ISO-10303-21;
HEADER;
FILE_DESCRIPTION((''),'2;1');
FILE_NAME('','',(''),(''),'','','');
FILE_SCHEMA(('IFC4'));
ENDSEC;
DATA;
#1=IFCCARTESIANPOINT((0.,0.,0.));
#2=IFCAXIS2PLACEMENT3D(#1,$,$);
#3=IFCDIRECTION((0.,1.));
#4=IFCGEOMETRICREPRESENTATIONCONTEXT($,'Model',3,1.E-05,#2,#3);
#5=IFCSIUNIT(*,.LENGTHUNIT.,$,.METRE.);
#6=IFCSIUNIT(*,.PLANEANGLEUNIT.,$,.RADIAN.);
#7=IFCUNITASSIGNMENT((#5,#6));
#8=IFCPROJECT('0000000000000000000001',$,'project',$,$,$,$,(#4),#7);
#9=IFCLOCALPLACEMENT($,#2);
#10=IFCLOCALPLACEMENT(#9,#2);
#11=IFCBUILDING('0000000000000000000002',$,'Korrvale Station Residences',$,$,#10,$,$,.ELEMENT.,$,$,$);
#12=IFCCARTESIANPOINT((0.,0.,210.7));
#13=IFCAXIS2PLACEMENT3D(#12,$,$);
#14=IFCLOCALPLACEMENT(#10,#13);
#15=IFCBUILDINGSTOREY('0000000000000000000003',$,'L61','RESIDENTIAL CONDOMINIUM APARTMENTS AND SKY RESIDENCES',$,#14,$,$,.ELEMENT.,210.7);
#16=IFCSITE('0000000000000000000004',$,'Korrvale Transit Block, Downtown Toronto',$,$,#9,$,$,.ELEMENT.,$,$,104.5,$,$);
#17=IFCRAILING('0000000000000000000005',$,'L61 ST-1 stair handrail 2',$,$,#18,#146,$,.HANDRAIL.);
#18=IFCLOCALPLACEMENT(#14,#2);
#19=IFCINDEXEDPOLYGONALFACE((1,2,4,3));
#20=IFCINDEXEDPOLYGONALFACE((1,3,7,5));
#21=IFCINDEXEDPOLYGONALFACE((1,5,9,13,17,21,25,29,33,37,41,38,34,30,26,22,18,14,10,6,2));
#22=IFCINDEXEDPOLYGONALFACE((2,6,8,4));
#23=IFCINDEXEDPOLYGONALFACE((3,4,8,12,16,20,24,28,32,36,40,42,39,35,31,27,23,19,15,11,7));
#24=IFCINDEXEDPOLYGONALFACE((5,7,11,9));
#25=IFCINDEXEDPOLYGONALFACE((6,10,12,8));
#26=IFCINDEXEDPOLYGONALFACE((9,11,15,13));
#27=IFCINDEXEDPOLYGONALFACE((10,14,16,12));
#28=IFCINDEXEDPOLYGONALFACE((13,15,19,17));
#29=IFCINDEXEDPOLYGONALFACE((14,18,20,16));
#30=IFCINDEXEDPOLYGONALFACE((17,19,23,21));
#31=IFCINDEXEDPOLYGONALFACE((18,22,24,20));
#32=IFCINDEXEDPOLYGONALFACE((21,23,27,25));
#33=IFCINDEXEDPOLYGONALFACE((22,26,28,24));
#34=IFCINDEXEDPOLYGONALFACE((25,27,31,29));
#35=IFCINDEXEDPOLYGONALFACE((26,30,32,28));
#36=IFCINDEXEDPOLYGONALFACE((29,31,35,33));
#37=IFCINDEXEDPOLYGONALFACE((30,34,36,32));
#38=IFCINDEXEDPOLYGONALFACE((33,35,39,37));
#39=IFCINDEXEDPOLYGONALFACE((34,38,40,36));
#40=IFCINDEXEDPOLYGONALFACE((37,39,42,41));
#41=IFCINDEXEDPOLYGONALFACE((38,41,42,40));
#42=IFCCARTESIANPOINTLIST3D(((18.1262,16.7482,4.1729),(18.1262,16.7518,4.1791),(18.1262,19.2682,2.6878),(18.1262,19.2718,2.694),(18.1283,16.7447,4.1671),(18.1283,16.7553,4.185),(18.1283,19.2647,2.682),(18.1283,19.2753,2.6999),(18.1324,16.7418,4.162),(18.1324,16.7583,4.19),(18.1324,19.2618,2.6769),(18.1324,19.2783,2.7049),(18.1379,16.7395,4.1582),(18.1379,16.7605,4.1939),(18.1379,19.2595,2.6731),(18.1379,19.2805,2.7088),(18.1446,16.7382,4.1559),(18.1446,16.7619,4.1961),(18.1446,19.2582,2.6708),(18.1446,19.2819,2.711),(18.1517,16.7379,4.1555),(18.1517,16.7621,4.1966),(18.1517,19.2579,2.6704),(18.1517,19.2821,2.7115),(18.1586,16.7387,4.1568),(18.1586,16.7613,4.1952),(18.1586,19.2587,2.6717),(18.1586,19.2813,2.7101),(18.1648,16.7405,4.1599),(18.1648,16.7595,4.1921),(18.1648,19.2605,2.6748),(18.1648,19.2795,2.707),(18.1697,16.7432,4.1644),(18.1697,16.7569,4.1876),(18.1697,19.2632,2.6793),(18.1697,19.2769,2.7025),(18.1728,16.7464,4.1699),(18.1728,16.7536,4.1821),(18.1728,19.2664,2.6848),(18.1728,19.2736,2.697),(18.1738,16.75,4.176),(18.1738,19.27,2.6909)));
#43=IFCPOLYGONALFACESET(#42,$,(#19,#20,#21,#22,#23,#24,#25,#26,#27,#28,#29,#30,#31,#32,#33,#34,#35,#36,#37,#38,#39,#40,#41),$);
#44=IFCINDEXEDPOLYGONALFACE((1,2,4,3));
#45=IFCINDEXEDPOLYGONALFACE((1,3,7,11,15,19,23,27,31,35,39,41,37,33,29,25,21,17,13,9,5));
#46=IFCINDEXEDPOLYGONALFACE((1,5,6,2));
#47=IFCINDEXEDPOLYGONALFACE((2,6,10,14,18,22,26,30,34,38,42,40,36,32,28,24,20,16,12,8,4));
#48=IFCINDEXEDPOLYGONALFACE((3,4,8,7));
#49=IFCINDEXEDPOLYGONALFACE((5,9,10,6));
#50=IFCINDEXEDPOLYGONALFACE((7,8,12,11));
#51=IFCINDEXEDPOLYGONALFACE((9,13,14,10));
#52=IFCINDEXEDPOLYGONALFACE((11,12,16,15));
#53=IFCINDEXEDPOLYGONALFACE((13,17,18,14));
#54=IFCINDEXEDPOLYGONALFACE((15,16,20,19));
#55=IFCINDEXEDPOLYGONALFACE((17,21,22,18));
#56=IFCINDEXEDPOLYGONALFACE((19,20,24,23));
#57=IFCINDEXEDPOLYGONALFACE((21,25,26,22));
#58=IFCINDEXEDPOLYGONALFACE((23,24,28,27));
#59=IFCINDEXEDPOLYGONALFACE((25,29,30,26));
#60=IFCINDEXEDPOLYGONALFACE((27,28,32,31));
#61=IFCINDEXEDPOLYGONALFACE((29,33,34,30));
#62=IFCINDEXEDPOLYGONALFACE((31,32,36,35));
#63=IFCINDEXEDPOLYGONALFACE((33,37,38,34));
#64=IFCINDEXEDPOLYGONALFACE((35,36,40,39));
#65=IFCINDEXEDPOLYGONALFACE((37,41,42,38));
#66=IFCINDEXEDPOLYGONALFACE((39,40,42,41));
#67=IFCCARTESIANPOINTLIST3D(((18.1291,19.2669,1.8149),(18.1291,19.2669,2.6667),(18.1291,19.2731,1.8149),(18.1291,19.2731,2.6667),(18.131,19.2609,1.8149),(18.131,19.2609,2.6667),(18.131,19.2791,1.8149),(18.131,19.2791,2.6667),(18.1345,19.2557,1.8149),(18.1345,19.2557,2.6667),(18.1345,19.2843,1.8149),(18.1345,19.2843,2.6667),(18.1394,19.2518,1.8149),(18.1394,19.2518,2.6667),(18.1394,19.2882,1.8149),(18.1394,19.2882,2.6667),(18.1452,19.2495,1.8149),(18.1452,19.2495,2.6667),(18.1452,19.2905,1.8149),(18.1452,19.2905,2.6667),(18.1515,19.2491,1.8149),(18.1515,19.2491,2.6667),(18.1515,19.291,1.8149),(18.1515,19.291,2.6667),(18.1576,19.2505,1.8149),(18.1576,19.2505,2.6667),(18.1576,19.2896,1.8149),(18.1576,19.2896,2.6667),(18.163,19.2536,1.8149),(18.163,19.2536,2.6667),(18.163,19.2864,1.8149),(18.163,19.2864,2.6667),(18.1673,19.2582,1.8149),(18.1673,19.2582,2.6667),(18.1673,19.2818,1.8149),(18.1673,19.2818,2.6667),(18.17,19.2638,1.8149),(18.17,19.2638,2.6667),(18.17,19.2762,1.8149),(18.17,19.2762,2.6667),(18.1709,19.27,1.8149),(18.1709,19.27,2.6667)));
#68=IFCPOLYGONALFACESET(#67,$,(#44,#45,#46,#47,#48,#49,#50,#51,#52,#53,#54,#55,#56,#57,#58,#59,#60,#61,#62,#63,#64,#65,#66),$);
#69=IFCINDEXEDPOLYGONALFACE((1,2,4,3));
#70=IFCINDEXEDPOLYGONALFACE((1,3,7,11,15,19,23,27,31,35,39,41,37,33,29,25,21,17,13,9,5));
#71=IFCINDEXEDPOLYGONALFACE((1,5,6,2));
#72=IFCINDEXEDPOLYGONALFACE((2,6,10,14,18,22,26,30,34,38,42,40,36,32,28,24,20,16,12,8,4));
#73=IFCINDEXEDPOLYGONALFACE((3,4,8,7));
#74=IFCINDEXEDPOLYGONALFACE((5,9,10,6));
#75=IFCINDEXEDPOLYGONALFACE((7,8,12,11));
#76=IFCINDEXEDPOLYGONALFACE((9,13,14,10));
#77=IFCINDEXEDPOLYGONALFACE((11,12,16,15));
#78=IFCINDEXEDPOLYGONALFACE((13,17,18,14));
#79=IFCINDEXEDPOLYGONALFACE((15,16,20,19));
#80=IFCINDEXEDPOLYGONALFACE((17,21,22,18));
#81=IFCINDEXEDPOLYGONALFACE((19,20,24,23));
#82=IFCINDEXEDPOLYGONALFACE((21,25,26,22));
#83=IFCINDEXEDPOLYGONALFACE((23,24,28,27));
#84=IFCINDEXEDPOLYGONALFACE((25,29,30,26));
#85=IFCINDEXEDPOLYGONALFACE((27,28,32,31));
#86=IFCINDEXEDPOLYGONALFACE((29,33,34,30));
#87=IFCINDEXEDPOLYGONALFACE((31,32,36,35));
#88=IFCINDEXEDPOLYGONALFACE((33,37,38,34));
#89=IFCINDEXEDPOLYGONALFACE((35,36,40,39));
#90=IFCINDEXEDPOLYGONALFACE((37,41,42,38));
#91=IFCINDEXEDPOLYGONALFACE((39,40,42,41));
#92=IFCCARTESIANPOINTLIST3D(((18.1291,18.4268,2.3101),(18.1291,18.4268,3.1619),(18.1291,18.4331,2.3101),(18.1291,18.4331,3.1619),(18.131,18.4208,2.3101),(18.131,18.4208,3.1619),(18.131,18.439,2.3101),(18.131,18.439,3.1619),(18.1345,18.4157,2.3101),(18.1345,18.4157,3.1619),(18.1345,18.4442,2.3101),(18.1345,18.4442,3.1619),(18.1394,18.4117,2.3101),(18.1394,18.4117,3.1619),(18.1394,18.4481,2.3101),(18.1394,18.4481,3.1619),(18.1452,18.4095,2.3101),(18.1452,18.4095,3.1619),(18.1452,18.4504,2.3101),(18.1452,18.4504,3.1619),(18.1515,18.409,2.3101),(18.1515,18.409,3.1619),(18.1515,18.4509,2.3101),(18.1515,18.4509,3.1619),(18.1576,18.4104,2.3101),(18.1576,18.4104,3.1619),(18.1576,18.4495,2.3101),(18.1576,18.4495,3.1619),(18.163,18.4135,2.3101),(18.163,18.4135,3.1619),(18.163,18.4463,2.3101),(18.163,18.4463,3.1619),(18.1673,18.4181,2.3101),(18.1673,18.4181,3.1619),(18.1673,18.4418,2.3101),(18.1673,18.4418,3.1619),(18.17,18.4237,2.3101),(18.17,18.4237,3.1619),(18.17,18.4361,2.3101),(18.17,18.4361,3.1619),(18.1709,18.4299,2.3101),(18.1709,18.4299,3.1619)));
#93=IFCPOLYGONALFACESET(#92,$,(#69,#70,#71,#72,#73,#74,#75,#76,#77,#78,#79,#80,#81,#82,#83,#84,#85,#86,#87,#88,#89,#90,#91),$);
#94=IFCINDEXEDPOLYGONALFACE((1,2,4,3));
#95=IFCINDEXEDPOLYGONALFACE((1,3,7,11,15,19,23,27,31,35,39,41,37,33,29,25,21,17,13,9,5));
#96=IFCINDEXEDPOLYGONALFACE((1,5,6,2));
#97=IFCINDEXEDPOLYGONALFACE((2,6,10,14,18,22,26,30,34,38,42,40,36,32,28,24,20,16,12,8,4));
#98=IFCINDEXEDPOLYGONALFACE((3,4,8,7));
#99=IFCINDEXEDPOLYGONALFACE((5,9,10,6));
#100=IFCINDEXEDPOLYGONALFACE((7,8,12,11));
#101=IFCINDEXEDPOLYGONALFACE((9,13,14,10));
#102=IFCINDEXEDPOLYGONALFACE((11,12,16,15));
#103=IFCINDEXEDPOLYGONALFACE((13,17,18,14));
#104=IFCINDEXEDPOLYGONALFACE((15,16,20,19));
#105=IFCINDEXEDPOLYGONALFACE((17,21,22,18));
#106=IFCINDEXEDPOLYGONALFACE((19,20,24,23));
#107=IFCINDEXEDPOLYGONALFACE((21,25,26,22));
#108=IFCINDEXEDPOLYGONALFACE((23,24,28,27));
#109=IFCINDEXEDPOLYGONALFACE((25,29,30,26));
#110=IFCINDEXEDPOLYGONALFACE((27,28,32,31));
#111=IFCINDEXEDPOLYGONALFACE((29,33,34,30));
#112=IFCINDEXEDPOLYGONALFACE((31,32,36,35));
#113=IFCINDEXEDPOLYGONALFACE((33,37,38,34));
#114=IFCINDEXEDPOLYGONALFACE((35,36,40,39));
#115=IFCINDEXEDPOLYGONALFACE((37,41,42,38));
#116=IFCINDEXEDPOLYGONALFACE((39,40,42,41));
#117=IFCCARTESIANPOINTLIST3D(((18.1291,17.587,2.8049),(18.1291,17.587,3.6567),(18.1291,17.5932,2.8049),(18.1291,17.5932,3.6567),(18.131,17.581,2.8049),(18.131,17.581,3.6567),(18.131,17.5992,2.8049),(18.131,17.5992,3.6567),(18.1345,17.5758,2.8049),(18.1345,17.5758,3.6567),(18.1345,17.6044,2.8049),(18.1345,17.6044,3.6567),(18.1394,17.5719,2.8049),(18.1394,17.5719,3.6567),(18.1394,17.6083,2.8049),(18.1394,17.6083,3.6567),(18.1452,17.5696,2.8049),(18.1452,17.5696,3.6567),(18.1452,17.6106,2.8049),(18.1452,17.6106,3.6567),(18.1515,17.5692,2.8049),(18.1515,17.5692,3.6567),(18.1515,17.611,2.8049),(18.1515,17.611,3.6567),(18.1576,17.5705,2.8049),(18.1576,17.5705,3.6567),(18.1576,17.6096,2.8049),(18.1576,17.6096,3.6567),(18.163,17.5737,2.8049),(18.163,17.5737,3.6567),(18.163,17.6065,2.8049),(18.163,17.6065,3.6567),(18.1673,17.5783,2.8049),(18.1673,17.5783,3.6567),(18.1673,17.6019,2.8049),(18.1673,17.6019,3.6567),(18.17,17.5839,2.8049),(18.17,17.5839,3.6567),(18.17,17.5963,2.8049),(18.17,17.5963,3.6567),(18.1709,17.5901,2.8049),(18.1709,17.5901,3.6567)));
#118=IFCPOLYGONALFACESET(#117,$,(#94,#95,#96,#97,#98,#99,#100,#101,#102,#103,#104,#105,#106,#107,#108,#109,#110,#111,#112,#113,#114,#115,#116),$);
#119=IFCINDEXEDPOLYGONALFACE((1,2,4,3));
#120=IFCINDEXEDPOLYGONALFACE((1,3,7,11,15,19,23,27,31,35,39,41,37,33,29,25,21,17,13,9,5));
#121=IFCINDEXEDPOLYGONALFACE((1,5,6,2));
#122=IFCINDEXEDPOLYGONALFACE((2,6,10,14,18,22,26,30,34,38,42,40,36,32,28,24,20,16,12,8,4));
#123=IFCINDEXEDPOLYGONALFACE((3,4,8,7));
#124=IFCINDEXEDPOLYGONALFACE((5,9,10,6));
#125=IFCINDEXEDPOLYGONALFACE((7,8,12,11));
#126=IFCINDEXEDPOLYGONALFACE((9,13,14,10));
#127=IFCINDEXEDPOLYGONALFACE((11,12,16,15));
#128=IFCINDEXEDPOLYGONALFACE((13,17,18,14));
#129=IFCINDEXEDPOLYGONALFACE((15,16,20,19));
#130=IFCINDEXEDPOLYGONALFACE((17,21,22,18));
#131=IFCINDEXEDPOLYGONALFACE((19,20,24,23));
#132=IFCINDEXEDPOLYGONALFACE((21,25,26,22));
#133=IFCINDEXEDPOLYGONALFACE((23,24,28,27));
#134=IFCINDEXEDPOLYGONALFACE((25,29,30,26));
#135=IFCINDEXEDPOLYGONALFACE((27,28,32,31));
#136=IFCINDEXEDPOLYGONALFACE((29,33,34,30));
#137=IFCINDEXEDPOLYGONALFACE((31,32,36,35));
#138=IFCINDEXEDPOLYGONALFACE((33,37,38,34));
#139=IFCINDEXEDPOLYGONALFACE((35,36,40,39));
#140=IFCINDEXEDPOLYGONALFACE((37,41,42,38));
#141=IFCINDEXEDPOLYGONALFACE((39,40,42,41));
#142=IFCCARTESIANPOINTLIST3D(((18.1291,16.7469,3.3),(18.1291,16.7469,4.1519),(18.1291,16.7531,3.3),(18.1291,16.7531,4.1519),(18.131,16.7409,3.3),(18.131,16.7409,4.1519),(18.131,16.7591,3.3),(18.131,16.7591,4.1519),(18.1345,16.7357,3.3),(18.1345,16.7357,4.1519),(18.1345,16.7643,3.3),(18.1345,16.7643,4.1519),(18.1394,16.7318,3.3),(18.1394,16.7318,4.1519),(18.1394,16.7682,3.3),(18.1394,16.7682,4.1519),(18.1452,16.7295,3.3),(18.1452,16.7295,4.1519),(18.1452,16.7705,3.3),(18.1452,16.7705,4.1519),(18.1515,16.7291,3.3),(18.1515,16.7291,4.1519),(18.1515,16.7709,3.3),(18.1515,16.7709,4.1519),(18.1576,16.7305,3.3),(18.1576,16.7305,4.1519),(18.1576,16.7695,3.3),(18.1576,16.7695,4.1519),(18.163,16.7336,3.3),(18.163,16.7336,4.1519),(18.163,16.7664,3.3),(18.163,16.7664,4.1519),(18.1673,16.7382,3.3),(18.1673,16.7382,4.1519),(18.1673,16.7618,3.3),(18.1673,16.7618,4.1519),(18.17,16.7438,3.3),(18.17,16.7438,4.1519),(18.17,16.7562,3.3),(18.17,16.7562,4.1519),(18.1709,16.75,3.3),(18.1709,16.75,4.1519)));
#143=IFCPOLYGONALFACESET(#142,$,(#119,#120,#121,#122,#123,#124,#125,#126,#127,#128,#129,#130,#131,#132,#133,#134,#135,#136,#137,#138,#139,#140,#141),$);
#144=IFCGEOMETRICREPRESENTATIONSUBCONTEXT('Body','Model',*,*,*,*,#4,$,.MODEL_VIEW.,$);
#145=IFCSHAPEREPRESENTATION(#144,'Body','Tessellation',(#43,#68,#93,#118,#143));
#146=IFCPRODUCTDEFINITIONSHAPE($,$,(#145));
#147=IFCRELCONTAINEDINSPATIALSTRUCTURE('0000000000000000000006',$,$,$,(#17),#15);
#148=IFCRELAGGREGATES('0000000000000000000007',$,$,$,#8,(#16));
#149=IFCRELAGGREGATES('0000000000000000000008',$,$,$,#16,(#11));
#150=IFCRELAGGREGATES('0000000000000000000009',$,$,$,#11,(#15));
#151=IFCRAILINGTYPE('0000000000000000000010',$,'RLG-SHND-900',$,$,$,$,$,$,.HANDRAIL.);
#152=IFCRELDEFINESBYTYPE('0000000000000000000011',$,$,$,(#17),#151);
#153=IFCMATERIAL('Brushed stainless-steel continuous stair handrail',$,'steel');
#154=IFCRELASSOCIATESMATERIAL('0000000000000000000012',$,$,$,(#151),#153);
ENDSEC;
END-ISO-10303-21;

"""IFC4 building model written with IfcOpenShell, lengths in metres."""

from ifc_helpers import new_model, si_unit, direction, frame, origin, origin_2d, place, context, subcontext, project, spatial, circle, extrude, material, type_object, element, save


model = new_model("IFC4")

# Units and contexts
model_context = context("Model", 3, precision=1e-05, world=origin(), true_north=direction((0.0, 1.0)))
body_context = subcontext(model_context, "Body", "Model", "MODEL_VIEW")
ifc_project = project(units=[si_unit("LENGTHUNIT", "METRE"), si_unit("PLANEANGLEUNIT", "RADIAN")], contexts=[model_context])

# Site, building, storey
site_placement = place(None, origin())
site = spatial("IfcSite", under=ifc_project, at=site_placement, Name="Korrvale Transit Block, Downtown Toronto", CompositionType="ELEMENT", RefElevation=104.5)
building_placement = place(site_placement, origin())
building = spatial("IfcBuilding", under=site, at=building_placement, Name="Korrvale Station Residences", CompositionType="ELEMENT")
storey_placement = place(building_placement, frame((0.0, 0.0, 210.7)))
storey = spatial("IfcBuildingStorey", under=building, at=storey_placement, Name="L61", Description="RESIDENTIAL CONDOMINIUM APARTMENTS AND SKY RESIDENCES", CompositionType="ELEMENT", Elevation=210.7)

# Railing
ifc_material_1 = material(Name="Brushed stainless-steel continuous stair handrail", Category="steel")
railing_type_1 = type_object("IfcRailingType", Name="RLG-SHND-900", PredefinedType="HANDRAIL", material=ifc_material_1)
railing_1_placement = place(storey_placement, frame((18.1499, 19.27, 1.8149)))
element("IfcRailing", 1, at=railing_1_placement, inside=storey, type_object=railing_type_1, Name="L61 ST-1 stair handrail 2", PredefinedType="HANDRAIL", context=body_context, shape_type="SweptSolid", body=[
    extrude(circle(Radius=0.0239, at=origin_2d()), frame((0.0, 0.0, 0.876), z_axis=(0.0, -0.861524, 0.507717), x_axis=(1.0, 0.0, 0.0)), (0.0, 0.0, 1.0), 2.925),
    extrude(circle(Radius=0.021, at=origin_2d()), origin(), (0.0, 0.0, 1.0), 0.8518),
    extrude(circle(Radius=0.021, at=origin_2d()), frame((0.0, -0.8401, 0.4951)), (0.0, 0.0, 1.0), 0.8518),
    extrude(circle(Radius=0.021, at=origin_2d()), frame((0.0, -1.6799, 0.99)), (0.0, 0.0, 1.0), 0.8518),
    extrude(circle(Radius=0.021, at=origin_2d()), frame((0.0, -2.52, 1.4851)), (0.0, 0.0, 1.0), 0.8518),
])

save(model, "model.ifc")
